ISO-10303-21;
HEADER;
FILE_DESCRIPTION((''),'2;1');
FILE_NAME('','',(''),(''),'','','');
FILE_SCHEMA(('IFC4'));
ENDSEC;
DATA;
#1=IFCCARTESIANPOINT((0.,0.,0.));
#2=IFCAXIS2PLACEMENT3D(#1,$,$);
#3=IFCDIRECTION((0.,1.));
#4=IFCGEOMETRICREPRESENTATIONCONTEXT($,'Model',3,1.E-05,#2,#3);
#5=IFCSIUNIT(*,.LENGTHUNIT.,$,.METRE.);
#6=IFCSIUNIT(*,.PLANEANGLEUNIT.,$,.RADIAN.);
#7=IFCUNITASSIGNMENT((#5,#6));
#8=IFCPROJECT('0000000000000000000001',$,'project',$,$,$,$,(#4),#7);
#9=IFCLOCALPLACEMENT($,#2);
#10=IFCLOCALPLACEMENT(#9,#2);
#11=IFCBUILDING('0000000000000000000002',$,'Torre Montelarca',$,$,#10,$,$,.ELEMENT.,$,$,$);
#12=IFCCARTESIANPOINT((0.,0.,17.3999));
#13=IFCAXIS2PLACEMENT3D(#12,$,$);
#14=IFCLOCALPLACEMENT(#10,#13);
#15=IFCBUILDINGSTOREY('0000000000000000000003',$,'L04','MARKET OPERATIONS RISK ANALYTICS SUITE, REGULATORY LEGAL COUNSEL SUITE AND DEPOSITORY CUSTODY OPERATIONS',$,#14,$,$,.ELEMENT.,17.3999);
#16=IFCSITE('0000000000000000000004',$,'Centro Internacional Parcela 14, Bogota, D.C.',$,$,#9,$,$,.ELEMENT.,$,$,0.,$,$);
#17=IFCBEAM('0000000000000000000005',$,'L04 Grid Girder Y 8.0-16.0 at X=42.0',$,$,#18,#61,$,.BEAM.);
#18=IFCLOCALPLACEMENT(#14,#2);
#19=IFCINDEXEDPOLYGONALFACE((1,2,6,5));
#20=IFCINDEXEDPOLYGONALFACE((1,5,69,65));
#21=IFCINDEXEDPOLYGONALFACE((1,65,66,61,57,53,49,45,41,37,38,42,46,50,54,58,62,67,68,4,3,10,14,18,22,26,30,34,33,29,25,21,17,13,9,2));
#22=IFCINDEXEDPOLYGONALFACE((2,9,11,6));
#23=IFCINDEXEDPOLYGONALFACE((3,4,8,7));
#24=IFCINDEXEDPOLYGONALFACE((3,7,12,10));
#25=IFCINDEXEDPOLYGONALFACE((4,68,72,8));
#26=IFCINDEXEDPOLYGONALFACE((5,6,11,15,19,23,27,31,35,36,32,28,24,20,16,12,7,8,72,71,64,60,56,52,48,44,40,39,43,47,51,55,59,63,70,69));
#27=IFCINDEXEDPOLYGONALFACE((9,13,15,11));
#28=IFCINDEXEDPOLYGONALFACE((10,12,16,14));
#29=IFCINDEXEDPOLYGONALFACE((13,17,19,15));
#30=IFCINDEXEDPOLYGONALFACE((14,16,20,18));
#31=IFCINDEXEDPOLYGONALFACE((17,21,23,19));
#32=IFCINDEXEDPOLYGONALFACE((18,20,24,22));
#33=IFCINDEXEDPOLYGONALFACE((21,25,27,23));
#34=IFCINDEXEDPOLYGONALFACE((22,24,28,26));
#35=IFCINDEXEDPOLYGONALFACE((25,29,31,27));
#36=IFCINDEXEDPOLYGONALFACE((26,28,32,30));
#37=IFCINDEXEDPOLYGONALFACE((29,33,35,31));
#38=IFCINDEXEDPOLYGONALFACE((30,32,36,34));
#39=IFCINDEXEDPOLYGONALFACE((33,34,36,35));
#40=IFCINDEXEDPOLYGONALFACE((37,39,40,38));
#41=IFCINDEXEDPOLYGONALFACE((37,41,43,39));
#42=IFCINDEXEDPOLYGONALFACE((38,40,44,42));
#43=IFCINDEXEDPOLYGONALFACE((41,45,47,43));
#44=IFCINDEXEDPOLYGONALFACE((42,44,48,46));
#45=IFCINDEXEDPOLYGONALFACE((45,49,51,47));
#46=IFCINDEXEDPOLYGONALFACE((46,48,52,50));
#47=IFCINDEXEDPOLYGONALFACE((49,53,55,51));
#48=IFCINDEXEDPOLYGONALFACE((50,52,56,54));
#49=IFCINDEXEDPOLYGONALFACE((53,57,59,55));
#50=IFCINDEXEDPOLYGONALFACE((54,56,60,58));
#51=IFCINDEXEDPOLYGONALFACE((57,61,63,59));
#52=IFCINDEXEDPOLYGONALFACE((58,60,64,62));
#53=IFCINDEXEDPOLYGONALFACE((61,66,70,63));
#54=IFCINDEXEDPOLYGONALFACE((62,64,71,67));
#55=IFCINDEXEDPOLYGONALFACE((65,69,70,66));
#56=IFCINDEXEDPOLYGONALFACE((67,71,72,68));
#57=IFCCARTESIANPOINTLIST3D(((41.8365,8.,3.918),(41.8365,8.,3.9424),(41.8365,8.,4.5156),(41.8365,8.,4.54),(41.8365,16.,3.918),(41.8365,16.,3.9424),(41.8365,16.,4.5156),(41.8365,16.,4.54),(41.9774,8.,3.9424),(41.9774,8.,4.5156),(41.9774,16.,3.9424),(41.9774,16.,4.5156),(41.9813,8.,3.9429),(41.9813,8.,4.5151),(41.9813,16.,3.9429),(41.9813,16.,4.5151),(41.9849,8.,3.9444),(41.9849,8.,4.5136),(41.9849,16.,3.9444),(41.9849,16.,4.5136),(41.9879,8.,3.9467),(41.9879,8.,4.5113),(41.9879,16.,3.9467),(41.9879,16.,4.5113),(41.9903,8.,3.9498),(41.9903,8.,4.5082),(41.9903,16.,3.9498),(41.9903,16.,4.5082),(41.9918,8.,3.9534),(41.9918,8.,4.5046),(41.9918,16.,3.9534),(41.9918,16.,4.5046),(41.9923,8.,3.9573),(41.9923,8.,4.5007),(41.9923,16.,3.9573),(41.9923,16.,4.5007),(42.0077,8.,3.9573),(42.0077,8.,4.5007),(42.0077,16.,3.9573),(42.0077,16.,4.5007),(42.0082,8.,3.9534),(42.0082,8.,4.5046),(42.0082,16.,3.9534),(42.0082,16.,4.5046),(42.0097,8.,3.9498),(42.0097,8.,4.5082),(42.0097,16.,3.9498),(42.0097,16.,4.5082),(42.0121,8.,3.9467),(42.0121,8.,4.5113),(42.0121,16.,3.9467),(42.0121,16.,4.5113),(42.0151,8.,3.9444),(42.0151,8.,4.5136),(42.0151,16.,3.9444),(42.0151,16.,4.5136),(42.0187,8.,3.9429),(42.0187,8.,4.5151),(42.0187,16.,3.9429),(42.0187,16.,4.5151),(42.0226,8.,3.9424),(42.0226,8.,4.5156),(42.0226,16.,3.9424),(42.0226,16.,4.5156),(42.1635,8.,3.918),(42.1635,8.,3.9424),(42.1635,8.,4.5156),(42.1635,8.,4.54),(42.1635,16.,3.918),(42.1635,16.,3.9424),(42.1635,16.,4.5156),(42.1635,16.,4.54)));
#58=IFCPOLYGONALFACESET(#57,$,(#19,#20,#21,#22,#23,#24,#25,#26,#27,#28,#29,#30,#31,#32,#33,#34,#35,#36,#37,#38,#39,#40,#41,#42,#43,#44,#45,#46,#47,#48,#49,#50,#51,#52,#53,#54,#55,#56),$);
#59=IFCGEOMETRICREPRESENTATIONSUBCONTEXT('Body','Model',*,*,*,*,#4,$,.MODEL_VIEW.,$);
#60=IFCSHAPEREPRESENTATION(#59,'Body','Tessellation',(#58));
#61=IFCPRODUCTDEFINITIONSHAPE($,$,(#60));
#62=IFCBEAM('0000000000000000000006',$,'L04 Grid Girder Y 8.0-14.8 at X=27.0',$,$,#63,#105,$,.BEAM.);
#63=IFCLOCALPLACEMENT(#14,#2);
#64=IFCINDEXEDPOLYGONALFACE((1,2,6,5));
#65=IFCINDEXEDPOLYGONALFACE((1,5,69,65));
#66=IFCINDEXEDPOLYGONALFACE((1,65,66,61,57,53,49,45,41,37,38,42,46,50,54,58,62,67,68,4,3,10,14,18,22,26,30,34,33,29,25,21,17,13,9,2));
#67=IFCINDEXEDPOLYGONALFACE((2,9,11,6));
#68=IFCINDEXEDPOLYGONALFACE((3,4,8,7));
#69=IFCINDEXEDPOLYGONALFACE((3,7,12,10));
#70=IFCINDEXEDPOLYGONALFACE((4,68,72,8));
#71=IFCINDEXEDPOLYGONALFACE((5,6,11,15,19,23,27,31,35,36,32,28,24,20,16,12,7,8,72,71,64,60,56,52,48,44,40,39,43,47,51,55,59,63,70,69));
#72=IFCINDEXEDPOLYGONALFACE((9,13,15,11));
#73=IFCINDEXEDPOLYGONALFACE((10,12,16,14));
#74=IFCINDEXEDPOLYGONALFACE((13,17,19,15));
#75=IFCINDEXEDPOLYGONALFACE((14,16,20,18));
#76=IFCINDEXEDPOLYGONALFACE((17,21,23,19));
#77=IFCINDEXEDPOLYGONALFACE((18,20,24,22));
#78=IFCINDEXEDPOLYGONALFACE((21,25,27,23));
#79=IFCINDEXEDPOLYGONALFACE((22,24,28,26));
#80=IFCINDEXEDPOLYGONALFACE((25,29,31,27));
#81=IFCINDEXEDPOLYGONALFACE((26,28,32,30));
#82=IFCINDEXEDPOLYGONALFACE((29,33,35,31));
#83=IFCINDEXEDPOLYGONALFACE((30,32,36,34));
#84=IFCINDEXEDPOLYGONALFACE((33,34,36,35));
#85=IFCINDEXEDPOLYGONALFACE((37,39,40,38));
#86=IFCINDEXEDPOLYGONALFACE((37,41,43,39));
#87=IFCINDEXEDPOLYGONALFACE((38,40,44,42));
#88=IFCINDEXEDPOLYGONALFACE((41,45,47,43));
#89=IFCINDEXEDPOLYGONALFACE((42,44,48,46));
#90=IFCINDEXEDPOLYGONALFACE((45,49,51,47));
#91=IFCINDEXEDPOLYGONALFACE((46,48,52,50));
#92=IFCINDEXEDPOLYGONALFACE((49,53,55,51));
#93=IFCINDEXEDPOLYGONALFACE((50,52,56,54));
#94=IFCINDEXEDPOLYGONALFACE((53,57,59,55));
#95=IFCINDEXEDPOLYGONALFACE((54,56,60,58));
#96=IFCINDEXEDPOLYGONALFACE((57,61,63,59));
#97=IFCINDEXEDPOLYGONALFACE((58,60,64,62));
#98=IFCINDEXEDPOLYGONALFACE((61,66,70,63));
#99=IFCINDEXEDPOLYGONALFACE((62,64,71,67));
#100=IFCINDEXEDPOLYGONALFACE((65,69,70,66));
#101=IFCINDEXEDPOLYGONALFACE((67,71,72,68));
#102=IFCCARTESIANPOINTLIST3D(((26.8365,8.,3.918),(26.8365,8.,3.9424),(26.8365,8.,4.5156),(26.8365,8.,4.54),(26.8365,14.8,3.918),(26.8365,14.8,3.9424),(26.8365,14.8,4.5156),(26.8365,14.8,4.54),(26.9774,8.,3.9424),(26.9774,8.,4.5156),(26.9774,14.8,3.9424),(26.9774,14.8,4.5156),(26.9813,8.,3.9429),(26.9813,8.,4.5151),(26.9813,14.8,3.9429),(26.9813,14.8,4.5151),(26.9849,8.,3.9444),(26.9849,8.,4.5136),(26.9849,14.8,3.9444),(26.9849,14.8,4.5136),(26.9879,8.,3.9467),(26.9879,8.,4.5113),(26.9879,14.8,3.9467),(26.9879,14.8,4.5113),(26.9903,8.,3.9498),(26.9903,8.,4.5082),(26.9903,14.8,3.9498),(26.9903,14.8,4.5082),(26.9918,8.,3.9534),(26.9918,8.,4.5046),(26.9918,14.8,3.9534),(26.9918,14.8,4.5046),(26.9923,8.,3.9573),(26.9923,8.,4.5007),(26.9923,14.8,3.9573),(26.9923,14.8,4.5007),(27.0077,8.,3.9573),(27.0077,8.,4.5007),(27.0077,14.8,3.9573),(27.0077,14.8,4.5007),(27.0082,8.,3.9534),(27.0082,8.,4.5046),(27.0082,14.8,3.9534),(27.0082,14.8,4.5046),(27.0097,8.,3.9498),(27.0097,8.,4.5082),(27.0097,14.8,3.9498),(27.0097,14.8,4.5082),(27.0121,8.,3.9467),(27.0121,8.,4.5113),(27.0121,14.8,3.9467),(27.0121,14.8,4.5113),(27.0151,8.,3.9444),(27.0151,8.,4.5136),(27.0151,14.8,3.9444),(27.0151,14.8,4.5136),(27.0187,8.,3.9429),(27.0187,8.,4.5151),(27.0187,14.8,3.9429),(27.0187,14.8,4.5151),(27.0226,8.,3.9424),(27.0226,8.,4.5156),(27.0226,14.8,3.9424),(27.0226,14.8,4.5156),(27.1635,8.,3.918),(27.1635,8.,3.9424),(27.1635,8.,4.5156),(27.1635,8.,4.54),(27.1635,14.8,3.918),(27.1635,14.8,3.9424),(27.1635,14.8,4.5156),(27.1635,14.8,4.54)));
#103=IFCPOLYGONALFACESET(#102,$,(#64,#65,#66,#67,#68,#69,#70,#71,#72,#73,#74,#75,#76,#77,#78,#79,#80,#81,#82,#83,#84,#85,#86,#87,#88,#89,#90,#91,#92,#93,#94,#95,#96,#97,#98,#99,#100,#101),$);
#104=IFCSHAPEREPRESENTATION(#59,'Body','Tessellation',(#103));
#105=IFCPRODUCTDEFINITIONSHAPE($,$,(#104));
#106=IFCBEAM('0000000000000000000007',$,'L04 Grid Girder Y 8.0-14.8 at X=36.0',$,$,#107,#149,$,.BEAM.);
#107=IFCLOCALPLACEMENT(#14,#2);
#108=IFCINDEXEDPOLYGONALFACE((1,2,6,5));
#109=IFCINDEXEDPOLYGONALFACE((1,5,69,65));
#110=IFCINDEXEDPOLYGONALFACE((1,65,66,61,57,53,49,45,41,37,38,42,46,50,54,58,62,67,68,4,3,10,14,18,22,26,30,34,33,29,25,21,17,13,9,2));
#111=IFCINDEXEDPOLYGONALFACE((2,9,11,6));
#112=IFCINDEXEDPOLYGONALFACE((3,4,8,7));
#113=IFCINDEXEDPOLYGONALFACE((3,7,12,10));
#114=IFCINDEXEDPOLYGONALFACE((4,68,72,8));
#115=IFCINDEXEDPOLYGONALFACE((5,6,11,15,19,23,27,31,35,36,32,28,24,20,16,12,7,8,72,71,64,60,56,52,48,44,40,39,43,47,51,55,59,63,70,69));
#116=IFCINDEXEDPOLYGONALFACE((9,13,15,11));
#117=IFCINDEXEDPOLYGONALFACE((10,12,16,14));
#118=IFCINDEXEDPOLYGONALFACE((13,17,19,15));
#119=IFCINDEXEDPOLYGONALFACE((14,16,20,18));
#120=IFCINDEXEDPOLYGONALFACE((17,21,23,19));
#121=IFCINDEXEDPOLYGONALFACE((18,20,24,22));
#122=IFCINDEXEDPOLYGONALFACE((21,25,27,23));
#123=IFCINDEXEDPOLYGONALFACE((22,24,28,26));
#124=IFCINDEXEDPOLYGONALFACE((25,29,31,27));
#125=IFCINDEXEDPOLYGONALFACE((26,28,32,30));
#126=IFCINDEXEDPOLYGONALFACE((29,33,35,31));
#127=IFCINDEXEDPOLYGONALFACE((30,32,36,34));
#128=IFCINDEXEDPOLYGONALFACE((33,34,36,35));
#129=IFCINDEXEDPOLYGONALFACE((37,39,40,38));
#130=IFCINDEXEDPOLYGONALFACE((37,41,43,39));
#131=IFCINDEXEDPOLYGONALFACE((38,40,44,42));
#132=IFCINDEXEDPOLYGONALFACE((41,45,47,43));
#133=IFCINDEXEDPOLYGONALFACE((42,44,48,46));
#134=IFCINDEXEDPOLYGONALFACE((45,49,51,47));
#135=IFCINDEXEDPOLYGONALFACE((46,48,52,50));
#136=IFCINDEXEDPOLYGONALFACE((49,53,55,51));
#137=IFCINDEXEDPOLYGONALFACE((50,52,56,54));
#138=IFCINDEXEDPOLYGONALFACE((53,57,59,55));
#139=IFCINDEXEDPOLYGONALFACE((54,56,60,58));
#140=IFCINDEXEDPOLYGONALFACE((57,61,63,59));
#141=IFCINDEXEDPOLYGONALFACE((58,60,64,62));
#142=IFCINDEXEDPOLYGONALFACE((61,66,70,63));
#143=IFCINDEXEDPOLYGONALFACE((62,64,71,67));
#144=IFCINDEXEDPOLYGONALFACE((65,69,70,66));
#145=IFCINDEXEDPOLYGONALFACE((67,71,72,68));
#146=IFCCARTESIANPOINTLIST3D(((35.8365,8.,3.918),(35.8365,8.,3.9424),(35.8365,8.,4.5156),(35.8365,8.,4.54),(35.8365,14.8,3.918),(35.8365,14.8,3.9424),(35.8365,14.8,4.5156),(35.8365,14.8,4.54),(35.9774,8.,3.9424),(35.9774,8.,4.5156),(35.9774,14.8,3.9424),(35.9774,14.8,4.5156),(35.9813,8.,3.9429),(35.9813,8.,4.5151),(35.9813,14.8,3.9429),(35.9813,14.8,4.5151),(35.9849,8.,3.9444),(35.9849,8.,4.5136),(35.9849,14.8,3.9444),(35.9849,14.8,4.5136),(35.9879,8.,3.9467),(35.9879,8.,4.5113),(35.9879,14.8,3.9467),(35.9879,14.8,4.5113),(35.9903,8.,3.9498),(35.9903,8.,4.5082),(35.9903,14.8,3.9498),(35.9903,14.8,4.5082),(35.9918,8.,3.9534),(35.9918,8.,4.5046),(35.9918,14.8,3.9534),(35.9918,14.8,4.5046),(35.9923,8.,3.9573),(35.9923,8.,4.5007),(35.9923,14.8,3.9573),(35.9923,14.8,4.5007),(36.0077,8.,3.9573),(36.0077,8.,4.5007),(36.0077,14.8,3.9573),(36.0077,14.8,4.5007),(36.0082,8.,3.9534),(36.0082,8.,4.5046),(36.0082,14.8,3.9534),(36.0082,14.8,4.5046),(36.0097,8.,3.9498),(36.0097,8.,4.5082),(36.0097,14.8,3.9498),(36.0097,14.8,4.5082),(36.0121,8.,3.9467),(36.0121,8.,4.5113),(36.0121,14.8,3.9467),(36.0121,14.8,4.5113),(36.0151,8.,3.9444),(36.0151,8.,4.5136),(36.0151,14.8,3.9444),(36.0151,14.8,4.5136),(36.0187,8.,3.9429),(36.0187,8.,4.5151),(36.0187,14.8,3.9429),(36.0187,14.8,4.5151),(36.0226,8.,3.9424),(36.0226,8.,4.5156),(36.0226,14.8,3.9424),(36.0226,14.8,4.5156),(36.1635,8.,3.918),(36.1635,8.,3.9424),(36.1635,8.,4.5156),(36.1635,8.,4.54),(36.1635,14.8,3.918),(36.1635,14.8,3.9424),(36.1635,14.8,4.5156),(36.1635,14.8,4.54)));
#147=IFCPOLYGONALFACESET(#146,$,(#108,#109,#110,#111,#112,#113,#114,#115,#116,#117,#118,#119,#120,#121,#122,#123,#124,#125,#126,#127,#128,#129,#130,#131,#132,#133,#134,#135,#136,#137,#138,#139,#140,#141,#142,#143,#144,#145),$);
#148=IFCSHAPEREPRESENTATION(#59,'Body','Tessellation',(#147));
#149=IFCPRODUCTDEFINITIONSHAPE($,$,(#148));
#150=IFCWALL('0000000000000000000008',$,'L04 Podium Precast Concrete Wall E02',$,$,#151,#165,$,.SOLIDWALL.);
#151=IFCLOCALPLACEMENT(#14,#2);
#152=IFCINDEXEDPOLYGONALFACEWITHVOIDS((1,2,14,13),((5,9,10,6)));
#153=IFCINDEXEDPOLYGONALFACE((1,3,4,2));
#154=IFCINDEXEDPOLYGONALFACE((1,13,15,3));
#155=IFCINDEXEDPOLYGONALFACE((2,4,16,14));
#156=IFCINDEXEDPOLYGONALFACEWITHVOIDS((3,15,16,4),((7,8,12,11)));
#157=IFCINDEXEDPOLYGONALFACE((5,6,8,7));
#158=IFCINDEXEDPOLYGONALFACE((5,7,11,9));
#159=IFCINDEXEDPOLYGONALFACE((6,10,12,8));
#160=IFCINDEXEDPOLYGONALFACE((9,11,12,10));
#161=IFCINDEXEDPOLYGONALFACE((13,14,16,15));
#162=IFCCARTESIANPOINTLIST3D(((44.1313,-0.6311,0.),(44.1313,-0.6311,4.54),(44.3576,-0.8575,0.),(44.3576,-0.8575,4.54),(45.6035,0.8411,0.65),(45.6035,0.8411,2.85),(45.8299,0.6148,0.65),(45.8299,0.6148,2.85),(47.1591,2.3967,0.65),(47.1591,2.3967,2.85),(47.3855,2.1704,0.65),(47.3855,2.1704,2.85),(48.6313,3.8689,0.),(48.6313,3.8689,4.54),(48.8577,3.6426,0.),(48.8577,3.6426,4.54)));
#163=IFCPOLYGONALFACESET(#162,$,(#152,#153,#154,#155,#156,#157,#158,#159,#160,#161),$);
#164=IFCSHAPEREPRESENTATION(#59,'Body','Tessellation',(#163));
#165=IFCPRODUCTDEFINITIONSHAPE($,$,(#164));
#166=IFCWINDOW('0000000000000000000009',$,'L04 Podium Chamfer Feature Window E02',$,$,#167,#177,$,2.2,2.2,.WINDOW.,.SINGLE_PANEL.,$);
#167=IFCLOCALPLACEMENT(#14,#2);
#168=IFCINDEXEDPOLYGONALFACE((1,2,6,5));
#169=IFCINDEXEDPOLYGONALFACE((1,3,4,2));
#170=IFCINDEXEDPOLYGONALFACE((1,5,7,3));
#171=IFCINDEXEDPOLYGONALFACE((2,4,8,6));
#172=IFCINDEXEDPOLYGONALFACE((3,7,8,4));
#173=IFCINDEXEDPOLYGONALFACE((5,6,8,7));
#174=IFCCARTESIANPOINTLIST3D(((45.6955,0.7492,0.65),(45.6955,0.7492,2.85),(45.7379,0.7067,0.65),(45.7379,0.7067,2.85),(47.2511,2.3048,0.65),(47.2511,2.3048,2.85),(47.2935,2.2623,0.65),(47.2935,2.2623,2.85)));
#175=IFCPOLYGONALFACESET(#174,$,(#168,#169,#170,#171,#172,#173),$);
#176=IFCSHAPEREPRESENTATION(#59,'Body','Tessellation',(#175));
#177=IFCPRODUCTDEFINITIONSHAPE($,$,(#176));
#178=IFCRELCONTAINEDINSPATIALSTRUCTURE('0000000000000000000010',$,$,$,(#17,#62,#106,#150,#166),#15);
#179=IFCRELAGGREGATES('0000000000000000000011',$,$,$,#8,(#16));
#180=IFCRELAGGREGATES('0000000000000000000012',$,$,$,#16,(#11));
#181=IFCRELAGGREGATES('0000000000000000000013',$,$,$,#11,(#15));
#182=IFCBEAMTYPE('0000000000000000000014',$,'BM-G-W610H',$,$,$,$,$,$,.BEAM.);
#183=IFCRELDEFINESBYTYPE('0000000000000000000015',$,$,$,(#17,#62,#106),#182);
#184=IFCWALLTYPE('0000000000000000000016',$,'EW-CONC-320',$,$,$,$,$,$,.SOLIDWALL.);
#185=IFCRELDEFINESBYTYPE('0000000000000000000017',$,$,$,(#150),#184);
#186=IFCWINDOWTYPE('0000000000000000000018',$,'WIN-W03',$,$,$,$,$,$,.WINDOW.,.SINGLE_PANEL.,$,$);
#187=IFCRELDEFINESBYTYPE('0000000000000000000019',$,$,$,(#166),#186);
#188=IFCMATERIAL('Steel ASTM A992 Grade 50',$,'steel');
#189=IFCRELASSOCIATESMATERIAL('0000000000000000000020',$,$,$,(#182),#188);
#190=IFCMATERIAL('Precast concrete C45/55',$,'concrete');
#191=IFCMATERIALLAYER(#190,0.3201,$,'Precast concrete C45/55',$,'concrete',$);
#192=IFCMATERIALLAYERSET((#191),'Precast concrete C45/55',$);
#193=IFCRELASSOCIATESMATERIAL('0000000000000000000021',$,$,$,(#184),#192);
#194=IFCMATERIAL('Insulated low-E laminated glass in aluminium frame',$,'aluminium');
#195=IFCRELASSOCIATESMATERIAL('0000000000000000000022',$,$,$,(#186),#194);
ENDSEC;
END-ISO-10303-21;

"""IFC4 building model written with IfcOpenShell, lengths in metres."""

from ifc_helpers import new_model, si_unit, direction, frame, frame_2d, origin, origin_2d, place, context, subcontext, project, spatial, rectangle, i_section, extrude, source, transform, mapped, material, layer, layer_set, material_profile, profile_set, type_object, element, fill, save


model = new_model("IFC4")

# Units and contexts
model_context = context("Model", 3, precision=1e-05, world=origin(), true_north=direction((0.0, 1.0)))
body_context = subcontext(model_context, "Body", "Model", "MODEL_VIEW")
ifc_project = project(units=[si_unit("LENGTHUNIT", "METRE"), si_unit("PLANEANGLEUNIT", "RADIAN")], contexts=[model_context])

# Site, building, storey
site_placement = place(None, origin())
site = spatial("IfcSite", under=ifc_project, at=site_placement, Name="Centro Internacional Parcela 14, Bogota, D.C.", CompositionType="ELEMENT", RefElevation=0.0)
building_placement = place(site_placement, origin())
building = spatial("IfcBuilding", under=site, at=building_placement, Name="Torre Montelarca", CompositionType="ELEMENT")
storey_placement = place(building_placement, frame((0.0, 0.0, 17.3999)))
storey = spatial("IfcBuildingStorey", under=building, at=storey_placement, Name="L04", Description="MARKET OPERATIONS RISK ANALYTICS SUITE, REGULATORY LEGAL COUNSEL SUITE AND DEPOSITORY CUSTODY OPERATIONS", CompositionType="ELEMENT", Elevation=17.3999)

# Beams
ifc_material_1 = material(Name="Steel ASTM A992 Grade 50", Category="steel")
ifc_material_profile_1 = material_profile(ifc_material_1, i_section(OverallWidth=0.3269, OverallDepth=0.6221, WebThickness=0.0154, FlangeThickness=0.0244, FilletRadius=0.0149, at=origin_2d()), Name="W610X195", Category="steel")
ifc_profile_set_1 = profile_set([ifc_material_profile_1], Name="Steel ASTM A992 Grade 50")
beam_type_1 = type_object("IfcBeamType", Name="BM-G-W610H", PredefinedType="BEAM", material=ifc_profile_set_1)
shared_shape_1 = source(origin(), body_context, "Body", "SweptSolid", [
    extrude(i_section(OverallWidth=0.3269, OverallDepth=0.6221, WebThickness=0.0154, FlangeThickness=0.0244, FilletRadius=0.0149, at=origin_2d()), origin(), (0.0, 0.0, 1.0), 8.0),
])
for number, where, z_axis, x_axis, name in (
    (1, (42.0, 8.0, 4.229), (0.0, 1.0, 0.0), (-1.0, 0.0, 0.0), "L04 Grid Girder Y 8.0-16.0 at X=42.0"),
):
    element("IfcBeam", number, at=place(storey_placement, frame(where, z_axis=z_axis, x_axis=x_axis)), inside=storey, type_object=beam_type_1, Name=name, PredefinedType="BEAM", context=body_context, shape_type="MappedRepresentation", body=[
        mapped(shared_shape_1, transform((0.0, 0.0, 0.0), scale=1.0)),
    ])
shared_shape_2 = source(origin(), body_context, "Body", "SweptSolid", [
    extrude(i_section(OverallWidth=0.3269, OverallDepth=0.6221, WebThickness=0.0154, FlangeThickness=0.0244, FilletRadius=0.0149, at=origin_2d()), origin(), (0.0, 0.0, 1.0), 6.8),
])
for number, where, z_axis, x_axis, name in (
    (2, (27.0, 8.0, 4.229), (0.0, 1.0, 0.0), (-1.0, 0.0, 0.0), "L04 Grid Girder Y 8.0-14.8 at X=27.0"),
    (3, (36.0, 8.0, 4.229), (0.0, 1.0, 0.0), (-1.0, 0.0, 0.0), "L04 Grid Girder Y 8.0-14.8 at X=36.0"),
):
    element("IfcBeam", number, at=place(storey_placement, frame(where, z_axis=z_axis, x_axis=x_axis)), inside=storey, type_object=beam_type_1, Name=name, PredefinedType="BEAM", context=body_context, shape_type="MappedRepresentation", body=[
        mapped(shared_shape_2, transform((0.0, 0.0, 0.0), scale=1.0)),
    ])

# Wall, opening, window
ifc_material_2 = material(Name="Precast concrete C45/55", Category="concrete")
ifc_layer_1 = layer(ifc_material_2, 0.3201, Name="Precast concrete C45/55", Category="concrete")
ifc_layer_set_1 = layer_set([ifc_layer_1], Name="Precast concrete C45/55")
wall_type_1 = type_object("IfcWallType", Name="EW-CONC-320", PredefinedType="SOLIDWALL", material=ifc_layer_set_1)
wall_1_placement = place(storey_placement, frame((44.2444, -0.7444, 0.0), z_axis=(0.0, 0.0, 1.0), x_axis=(0.707107, 0.707107, 0.0)))
wall_1 = element("IfcWall", 4, at=wall_1_placement, inside=storey, type_object=wall_type_1, Name="L04 Podium Precast Concrete Wall E02", PredefinedType="SOLIDWALL", context=body_context, shape_type="SweptSolid", body=[
    extrude(rectangle(XDim=6.364, YDim=0.3201, at=frame_2d((3.1821, 0.0))), origin(), (0.0, 0.0, 1.0), 4.54),
])
opening_placement = place(wall_1_placement, frame((2.082, 0.0, 0.6499)))
opening = element("IfcOpeningElement", 5, at=opening_placement, cuts=wall_1, PredefinedType="OPENING", context=body_context, shape_type="SweptSolid", body=[
    extrude(rectangle(XDim=2.2, YDim=2.2, at=frame_2d((1.1001, 1.1001))), frame((0.0, 0.1699, 0.0), z_axis=(0.0, -1.0, 0.0), x_axis=(1.0, 0.0, 0.0)), (0.0, 0.0, 1.0), 0.3401),
])
ifc_material_3 = material(Name="Insulated low-E laminated glass in aluminium frame", Category="aluminium")
window_type = type_object("IfcWindowType", Name="WIN-W03", PartitioningType="SINGLE_PANEL", PredefinedType="WINDOW", material=ifc_material_3)
shared_shape_3 = source(origin(), body_context, "Body", "SweptSolid", [
    extrude(rectangle(XDim=2.2, YDim=2.2, at=frame_2d((1.1001, 1.1001))), frame((0.0, 0.03, 0.0), z_axis=(0.0, -1.0, 0.0), x_axis=(1.0, 0.0, 0.0)), (0.0, 0.0, 1.0), 0.0601),
])
window_placement = place(opening_placement, origin())
window = element("IfcWindow", 6, at=window_placement, inside=storey, type_object=window_type, Name="L04 Podium Chamfer Feature Window E02", OverallHeight=2.2, OverallWidth=2.2, PartitioningType="SINGLE_PANEL", PredefinedType="WINDOW", context=body_context, shape_type="MappedRepresentation", body=[
    mapped(shared_shape_3, transform((0.0, 0.0, 0.0), scale=1.0)),
])
fill(opening, window)

save(model, "model.ifc")
